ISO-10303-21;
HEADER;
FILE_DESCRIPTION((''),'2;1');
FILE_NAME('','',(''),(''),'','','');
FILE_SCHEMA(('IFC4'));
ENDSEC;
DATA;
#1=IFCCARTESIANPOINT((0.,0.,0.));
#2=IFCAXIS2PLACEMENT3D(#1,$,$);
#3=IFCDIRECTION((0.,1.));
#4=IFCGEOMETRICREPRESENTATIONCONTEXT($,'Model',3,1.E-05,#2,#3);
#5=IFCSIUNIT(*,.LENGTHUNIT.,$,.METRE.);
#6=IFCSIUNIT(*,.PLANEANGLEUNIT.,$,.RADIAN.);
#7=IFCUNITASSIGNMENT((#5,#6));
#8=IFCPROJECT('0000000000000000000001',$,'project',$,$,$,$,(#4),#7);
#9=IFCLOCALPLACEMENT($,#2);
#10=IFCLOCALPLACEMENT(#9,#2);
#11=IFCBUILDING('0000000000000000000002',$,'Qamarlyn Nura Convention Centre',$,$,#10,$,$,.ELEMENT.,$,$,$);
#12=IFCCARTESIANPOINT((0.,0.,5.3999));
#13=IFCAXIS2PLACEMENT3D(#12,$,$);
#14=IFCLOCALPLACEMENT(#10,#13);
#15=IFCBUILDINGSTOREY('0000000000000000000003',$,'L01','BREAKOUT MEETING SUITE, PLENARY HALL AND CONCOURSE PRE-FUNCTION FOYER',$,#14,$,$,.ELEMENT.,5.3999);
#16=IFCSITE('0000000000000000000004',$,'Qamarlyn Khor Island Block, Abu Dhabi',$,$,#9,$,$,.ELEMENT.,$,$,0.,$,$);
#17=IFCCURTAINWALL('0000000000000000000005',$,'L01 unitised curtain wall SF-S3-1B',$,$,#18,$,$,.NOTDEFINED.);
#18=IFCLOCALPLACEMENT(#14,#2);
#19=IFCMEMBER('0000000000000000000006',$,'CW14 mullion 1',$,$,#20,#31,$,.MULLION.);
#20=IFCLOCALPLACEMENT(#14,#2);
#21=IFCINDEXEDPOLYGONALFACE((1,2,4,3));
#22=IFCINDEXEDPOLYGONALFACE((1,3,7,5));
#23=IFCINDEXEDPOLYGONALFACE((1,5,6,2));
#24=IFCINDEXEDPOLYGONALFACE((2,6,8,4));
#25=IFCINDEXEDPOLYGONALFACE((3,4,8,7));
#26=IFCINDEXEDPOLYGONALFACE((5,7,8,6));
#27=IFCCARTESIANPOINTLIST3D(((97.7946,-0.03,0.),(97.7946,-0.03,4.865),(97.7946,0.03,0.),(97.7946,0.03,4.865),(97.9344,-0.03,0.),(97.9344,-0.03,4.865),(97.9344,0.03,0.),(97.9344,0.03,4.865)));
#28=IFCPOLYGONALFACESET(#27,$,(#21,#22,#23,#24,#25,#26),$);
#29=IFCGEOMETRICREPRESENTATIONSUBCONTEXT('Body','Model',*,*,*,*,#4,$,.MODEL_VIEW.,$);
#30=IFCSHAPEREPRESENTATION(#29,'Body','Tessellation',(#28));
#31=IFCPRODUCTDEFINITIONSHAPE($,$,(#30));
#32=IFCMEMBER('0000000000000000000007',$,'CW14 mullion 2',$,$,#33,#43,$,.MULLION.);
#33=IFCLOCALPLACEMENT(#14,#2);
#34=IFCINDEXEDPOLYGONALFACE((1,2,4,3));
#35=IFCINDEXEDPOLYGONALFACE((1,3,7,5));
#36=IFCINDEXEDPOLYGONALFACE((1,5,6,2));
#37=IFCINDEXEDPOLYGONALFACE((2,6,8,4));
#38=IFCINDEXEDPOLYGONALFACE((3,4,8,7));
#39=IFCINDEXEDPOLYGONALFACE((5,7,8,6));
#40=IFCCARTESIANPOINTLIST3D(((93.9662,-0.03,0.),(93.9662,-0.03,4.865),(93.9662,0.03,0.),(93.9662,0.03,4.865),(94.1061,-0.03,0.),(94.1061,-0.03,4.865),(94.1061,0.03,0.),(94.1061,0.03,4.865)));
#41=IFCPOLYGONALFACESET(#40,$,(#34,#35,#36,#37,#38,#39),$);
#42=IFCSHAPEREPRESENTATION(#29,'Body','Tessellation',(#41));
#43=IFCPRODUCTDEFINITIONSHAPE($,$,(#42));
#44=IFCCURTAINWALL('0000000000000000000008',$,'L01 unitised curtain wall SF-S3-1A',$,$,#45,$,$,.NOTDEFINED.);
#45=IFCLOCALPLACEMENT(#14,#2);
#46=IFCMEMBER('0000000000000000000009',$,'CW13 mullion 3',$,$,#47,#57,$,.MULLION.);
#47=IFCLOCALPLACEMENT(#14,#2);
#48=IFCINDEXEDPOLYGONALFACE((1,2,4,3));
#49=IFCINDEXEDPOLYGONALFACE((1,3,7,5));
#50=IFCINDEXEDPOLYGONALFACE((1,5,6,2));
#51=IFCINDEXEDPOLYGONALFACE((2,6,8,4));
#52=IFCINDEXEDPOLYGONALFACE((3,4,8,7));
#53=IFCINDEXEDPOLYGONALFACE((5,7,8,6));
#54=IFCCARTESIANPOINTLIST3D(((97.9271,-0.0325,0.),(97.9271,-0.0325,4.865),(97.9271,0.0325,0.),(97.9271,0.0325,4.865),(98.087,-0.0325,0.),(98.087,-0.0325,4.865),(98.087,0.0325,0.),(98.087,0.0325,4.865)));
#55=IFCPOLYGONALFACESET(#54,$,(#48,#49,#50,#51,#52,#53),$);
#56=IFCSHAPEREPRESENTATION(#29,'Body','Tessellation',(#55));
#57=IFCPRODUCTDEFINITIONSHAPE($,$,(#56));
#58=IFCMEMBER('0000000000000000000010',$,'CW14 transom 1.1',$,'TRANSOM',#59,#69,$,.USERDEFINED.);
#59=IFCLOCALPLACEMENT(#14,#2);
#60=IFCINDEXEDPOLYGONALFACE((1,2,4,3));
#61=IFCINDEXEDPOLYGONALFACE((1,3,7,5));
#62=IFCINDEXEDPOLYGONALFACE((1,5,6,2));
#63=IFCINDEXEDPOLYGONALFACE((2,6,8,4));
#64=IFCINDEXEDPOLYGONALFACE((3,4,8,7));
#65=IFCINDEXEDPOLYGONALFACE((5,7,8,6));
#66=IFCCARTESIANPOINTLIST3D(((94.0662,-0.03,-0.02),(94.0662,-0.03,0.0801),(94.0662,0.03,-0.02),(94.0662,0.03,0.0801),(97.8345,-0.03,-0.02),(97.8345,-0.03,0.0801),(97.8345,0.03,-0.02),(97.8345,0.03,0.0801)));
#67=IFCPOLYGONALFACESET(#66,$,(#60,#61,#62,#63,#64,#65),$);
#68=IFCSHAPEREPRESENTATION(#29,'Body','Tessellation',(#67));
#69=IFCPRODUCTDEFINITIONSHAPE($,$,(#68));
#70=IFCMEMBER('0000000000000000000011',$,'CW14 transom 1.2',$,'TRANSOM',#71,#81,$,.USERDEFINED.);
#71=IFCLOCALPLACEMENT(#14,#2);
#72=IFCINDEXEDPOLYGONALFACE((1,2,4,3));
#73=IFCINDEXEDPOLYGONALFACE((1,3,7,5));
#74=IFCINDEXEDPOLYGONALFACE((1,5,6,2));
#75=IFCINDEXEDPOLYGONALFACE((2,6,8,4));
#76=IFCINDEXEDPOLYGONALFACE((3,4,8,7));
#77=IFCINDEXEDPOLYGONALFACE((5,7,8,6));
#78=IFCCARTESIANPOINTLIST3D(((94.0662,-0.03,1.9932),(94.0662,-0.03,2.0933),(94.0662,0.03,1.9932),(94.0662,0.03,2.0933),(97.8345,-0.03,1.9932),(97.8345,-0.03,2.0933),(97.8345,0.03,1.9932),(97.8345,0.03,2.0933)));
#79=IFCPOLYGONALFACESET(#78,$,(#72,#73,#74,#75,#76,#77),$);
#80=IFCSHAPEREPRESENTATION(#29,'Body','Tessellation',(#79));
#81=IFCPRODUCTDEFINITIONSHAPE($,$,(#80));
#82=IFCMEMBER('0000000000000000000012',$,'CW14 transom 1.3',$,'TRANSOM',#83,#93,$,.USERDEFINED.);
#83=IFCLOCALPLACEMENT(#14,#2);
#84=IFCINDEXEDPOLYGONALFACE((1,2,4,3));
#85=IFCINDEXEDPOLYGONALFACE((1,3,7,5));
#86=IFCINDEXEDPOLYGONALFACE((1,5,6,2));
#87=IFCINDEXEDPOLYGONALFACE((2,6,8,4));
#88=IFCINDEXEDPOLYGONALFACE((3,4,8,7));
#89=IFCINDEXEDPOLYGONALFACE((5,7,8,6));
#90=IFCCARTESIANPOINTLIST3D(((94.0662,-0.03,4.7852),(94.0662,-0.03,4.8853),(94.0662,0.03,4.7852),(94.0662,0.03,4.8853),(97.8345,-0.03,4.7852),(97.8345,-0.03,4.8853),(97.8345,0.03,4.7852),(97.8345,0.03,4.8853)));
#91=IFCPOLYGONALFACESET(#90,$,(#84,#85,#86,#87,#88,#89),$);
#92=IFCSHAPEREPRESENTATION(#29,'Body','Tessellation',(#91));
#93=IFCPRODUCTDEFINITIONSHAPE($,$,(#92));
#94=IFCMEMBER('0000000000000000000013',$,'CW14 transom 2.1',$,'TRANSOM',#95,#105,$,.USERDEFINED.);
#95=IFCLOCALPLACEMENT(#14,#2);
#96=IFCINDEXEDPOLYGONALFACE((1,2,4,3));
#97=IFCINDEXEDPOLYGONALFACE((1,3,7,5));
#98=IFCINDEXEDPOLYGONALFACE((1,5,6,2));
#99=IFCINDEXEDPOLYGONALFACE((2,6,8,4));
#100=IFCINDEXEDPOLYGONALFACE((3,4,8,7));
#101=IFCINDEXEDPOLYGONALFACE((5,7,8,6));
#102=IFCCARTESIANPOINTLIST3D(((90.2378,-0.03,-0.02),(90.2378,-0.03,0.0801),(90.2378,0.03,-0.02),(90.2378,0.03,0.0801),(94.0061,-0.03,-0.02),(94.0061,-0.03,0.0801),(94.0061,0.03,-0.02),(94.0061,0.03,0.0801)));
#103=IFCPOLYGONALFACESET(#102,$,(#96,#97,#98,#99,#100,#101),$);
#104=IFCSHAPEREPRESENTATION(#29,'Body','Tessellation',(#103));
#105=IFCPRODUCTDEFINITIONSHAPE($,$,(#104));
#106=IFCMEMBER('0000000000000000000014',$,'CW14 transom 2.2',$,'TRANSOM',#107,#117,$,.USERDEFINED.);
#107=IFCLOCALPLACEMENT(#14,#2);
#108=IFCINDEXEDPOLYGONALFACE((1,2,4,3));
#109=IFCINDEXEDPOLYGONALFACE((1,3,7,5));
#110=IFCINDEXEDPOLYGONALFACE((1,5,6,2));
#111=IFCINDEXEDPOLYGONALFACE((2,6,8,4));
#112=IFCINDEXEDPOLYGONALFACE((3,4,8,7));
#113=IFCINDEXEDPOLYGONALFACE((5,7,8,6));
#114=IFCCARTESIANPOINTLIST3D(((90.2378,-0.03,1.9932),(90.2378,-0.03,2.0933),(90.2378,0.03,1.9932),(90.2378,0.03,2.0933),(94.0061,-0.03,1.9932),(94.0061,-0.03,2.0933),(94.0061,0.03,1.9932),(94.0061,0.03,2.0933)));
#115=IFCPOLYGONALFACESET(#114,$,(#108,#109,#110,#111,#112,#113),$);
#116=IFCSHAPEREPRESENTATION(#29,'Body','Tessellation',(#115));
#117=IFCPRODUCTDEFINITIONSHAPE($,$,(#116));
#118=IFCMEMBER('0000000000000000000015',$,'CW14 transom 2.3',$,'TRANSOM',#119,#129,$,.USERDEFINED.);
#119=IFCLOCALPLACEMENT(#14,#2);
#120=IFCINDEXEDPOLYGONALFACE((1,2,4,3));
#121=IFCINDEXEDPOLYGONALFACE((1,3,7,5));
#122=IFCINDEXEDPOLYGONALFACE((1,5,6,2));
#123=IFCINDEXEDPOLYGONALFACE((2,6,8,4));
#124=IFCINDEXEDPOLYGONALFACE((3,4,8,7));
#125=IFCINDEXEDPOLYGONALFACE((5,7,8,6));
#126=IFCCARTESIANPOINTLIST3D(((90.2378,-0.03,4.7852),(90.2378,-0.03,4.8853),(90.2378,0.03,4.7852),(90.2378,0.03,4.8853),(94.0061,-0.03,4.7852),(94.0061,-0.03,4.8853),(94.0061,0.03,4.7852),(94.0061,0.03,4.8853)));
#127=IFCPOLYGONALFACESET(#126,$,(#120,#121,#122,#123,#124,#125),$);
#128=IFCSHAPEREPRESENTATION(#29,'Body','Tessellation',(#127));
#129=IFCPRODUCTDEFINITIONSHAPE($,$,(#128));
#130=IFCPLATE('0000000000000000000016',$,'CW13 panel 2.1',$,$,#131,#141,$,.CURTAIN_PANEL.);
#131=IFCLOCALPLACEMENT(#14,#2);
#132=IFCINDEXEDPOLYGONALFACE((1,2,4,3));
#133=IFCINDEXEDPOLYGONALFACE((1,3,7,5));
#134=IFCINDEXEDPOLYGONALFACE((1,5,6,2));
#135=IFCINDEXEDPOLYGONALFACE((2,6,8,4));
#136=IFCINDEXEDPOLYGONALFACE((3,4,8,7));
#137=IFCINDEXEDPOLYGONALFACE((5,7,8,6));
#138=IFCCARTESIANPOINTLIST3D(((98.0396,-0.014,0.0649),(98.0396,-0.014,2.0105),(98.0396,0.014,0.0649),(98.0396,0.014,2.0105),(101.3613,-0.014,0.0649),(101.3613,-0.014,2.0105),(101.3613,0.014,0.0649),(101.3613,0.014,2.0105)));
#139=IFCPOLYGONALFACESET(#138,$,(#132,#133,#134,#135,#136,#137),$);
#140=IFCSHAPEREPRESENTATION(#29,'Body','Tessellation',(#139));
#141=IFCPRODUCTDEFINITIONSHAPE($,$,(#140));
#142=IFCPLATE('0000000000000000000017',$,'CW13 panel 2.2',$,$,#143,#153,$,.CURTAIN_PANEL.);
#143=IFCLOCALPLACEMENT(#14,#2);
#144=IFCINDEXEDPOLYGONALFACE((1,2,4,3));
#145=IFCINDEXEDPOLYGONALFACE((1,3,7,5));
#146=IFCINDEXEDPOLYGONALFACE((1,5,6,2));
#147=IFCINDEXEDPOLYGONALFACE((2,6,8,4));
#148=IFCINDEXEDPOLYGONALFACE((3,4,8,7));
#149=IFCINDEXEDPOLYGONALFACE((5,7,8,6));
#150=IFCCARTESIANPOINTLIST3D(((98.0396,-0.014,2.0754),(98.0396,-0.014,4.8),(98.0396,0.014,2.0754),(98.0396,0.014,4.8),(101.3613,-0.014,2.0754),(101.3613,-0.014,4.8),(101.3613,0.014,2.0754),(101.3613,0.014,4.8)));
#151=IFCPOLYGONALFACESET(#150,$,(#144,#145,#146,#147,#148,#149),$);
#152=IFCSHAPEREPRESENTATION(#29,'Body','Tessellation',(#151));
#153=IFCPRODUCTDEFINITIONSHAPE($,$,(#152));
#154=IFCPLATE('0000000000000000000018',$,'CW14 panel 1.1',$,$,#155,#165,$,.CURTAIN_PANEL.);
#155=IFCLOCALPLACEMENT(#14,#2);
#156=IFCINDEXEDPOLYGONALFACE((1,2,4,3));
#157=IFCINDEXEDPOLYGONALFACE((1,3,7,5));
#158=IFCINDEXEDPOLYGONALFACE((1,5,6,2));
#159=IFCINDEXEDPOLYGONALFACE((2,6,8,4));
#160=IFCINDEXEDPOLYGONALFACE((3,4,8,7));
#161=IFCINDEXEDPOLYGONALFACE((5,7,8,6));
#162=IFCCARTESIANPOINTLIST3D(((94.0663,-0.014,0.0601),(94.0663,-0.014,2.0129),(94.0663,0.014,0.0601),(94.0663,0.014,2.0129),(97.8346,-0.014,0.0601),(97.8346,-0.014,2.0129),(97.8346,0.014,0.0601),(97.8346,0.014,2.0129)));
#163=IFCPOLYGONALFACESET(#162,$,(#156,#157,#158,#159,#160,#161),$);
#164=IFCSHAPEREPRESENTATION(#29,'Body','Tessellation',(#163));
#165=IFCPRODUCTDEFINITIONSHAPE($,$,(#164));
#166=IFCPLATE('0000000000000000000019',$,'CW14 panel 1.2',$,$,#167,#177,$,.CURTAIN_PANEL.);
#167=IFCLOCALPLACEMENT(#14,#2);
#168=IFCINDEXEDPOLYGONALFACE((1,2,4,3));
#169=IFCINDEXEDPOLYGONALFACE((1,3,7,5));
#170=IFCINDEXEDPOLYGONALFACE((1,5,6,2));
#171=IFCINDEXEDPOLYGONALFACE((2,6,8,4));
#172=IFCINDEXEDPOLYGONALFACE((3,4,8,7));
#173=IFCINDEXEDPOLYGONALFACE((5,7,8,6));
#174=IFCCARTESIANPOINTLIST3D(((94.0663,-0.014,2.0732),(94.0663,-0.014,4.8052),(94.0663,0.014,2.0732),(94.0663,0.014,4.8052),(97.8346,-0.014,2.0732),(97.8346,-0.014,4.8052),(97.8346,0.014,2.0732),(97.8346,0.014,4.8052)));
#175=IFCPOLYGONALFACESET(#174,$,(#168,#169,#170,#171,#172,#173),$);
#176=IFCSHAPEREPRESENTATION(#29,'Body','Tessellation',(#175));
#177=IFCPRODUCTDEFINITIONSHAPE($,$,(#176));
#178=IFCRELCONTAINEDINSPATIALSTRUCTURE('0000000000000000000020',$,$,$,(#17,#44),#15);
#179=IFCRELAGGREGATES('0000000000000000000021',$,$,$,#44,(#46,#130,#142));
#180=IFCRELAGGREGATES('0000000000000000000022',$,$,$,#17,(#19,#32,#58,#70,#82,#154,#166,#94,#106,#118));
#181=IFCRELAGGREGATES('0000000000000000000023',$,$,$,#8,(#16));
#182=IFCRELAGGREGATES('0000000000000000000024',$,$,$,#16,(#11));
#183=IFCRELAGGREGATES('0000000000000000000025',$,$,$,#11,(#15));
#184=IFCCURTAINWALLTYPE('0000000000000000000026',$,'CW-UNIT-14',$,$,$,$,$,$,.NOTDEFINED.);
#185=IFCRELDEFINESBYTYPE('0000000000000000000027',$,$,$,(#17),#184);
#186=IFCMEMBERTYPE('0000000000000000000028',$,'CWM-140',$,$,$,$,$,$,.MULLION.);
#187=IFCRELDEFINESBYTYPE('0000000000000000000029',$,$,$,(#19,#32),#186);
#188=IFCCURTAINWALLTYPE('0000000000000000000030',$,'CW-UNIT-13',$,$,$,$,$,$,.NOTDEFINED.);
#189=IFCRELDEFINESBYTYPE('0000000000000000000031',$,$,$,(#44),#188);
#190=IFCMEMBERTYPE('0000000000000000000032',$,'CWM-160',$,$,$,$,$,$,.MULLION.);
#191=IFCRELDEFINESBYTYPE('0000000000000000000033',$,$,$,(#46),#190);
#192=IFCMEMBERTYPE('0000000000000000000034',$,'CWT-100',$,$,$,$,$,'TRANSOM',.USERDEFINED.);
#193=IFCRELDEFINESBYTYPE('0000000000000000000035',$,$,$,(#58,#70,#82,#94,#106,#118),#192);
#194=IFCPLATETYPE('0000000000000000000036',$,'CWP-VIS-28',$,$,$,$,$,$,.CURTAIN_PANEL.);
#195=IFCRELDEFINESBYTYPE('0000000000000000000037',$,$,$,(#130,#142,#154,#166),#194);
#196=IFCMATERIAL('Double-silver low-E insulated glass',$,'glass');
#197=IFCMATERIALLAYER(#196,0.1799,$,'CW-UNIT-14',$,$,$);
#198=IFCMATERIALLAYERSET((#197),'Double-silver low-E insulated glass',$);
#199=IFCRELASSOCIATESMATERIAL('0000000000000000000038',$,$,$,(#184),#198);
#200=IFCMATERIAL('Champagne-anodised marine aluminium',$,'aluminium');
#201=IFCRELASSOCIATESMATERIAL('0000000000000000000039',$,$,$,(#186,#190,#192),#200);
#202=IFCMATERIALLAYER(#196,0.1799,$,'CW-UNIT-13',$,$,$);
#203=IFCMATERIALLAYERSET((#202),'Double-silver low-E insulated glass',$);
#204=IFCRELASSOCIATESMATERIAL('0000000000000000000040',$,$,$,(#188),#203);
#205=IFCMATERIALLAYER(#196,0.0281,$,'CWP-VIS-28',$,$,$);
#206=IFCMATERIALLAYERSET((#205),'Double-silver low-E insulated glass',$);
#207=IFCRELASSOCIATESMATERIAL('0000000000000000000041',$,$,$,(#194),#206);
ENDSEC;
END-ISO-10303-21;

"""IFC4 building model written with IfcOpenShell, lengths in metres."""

from ifc_helpers import new_model, si_unit, direction, frame, origin, origin_2d, place, context, subcontext, project, spatial, rectangle, extrude, material, layer, layer_set, material_profile, profile_set, type_object, element, aggregate, save


model = new_model("IFC4")

# Units and contexts
model_context = context("Model", 3, precision=1e-05, world=origin(), true_north=direction((0.0, 1.0)))
body_context = subcontext(model_context, "Body", "Model", "MODEL_VIEW")
ifc_project = project(units=[si_unit("LENGTHUNIT", "METRE"), si_unit("PLANEANGLEUNIT", "RADIAN")], contexts=[model_context])

# Site, building, storey
site_placement = place(None, origin())
site = spatial("IfcSite", under=ifc_project, at=site_placement, Name="Qamarlyn Khor Island Block, Abu Dhabi", CompositionType="ELEMENT", RefElevation=0.0)
building_placement = place(site_placement, origin())
building = spatial("IfcBuilding", under=site, at=building_placement, Name="Qamarlyn Nura Convention Centre", CompositionType="ELEMENT")
storey_placement = place(building_placement, frame((0.0, 0.0, 5.3999)))
storey = spatial("IfcBuildingStorey", under=building, at=storey_placement, Name="L01", Description="BREAKOUT MEETING SUITE, PLENARY HALL AND CONCOURSE PRE-FUNCTION FOYER", CompositionType="ELEMENT", Elevation=5.3999)

# Curtain wall, members
ifc_material_1 = material(Name="Double-silver low-E insulated glass", Category="glass")
ifc_layer_1 = layer(ifc_material_1, 0.1799, Name="CW-UNIT-14")
ifc_layer_set_1 = layer_set([ifc_layer_1], Name="Double-silver low-E insulated glass")
curtain_wall_type_1 = type_object("IfcCurtainWallType", Name="CW-UNIT-14", PredefinedType="NOTDEFINED", material=ifc_layer_set_1)
curtain_wall_1_placement = place(storey_placement, origin())
curtain_wall_1 = element("IfcCurtainWall", 1, at=curtain_wall_1_placement, inside=storey, type_object=curtain_wall_type_1, Name="L01 unitised curtain wall SF-S3-1B", PredefinedType="NOTDEFINED")
ifc_material_2 = material(Name="Champagne-anodised marine aluminium", Category="aluminium")
ifc_material_profile_1 = material_profile(ifc_material_2, rectangle(XDim=0.0601, YDim=0.1399, at=origin_2d()), Name="ALU MULLION 60x140")
ifc_profile_set_1 = profile_set([ifc_material_profile_1], Name="Champagne-anodised marine aluminium")
member_type_1 = type_object("IfcMemberType", Name="CWM-140", PredefinedType="MULLION", material=ifc_profile_set_1)
member_1_placement = place(storey_placement, frame((97.8645, 0.0, 0.0), z_axis=(0.0, 0.0, 1.0), x_axis=(0.0, -1.0, 0.0)))
member_1 = element("IfcMember", 2, at=member_1_placement, type_object=member_type_1, Name="CW14 mullion 1", PredefinedType="MULLION", context=body_context, shape_type="SweptSolid", body=[
    extrude(rectangle(XDim=0.0601, YDim=0.1399, at=origin_2d()), origin(), (0.0, 0.0, 1.0), 4.865),
])
member_2_placement = place(storey_placement, frame((94.0361, 0.0, 0.0), z_axis=(0.0, 0.0, 1.0), x_axis=(0.0, -1.0, 0.0)))
member_2 = element("IfcMember", 3, at=member_2_placement, type_object=member_type_1, Name="CW14 mullion 2", PredefinedType="MULLION", context=body_context, shape_type="SweptSolid", body=[
    extrude(rectangle(XDim=0.0601, YDim=0.1399, at=origin_2d()), origin(), (0.0, 0.0, 1.0), 4.865),
])

# Curtain wall, member
ifc_layer_2 = layer(ifc_material_1, 0.1799, Name="CW-UNIT-13")
ifc_layer_set_2 = layer_set([ifc_layer_2], Name="Double-silver low-E insulated glass")
curtain_wall_type_2 = type_object("IfcCurtainWallType", Name="CW-UNIT-13", PredefinedType="NOTDEFINED", material=ifc_layer_set_2)
curtain_wall_2_placement = place(storey_placement, origin())
curtain_wall_2 = element("IfcCurtainWall", 4, at=curtain_wall_2_placement, inside=storey, type_object=curtain_wall_type_2, Name="L01 unitised curtain wall SF-S3-1A", PredefinedType="NOTDEFINED")
ifc_material_profile_2 = material_profile(ifc_material_2, rectangle(XDim=0.0649, YDim=0.1599, at=origin_2d()), Name="ALU MULLION 65x160")
ifc_profile_set_2 = profile_set([ifc_material_profile_2], Name="Champagne-anodised marine aluminium")
member_type_2 = type_object("IfcMemberType", Name="CWM-160", PredefinedType="MULLION", material=ifc_profile_set_2)
member_3_placement = place(storey_placement, frame((98.0071, 0.0, 0.0), z_axis=(0.0, 0.0, 1.0), x_axis=(0.0, -1.0, 0.0)))
member_3 = element("IfcMember", 5, at=member_3_placement, type_object=member_type_2, Name="CW13 mullion 3", PredefinedType="MULLION", context=body_context, shape_type="SweptSolid", body=[
    extrude(rectangle(XDim=0.0649, YDim=0.1599, at=origin_2d()), origin(), (0.0, 0.0, 1.0), 4.865),
])

# Members
ifc_material_profile_3 = material_profile(ifc_material_2, rectangle(XDim=0.0601, YDim=0.1001, at=origin_2d()), Name="ALU TRANSOM 60x100")
ifc_profile_set_3 = profile_set([ifc_material_profile_3], Name="Champagne-anodised marine aluminium")
member_type_3 = type_object("IfcMemberType", Name="CWT-100", ElementType="TRANSOM", PredefinedType="USERDEFINED", material=ifc_profile_set_3)
member_4_placement = place(storey_placement, frame((97.8345, 0.0, 0.03), z_axis=(-1.0, 0.0, 0.0), x_axis=(0.0, -1.0, 0.0)))
member_4 = element("IfcMember", 6, at=member_4_placement, type_object=member_type_3, Name="CW14 transom 1.1", ObjectType="TRANSOM", PredefinedType="USERDEFINED", context=body_context, shape_type="SweptSolid", body=[
    extrude(rectangle(XDim=0.0601, YDim=0.1001, at=origin_2d()), origin(), (0.0, 0.0, 1.0), 3.7683),
])
member_5_placement = place(storey_placement, frame((97.8345, 0.0, 2.0432), z_axis=(-1.0, 0.0, 0.0), x_axis=(0.0, -1.0, 0.0)))
member_5 = element("IfcMember", 7, at=member_5_placement, type_object=member_type_3, Name="CW14 transom 1.2", ObjectType="TRANSOM", PredefinedType="USERDEFINED", context=body_context, shape_type="SweptSolid", body=[
    extrude(rectangle(XDim=0.0601, YDim=0.1001, at=origin_2d()), origin(), (0.0, 0.0, 1.0), 3.7683),
])
member_6_placement = place(storey_placement, frame((97.8345, 0.0, 4.8352), z_axis=(-1.0, 0.0, 0.0), x_axis=(0.0, -1.0, 0.0)))
member_6 = element("IfcMember", 8, at=member_6_placement, type_object=member_type_3, Name="CW14 transom 1.3", ObjectType="TRANSOM", PredefinedType="USERDEFINED", context=body_context, shape_type="SweptSolid", body=[
    extrude(rectangle(XDim=0.0601, YDim=0.1001, at=origin_2d()), origin(), (0.0, 0.0, 1.0), 3.7683),
])
member_7_placement = place(storey_placement, frame((94.0061, 0.0, 0.03), z_axis=(-1.0, 0.0, 0.0), x_axis=(0.0, -1.0, 0.0)))
member_7 = element("IfcMember", 9, at=member_7_placement, type_object=member_type_3, Name="CW14 transom 2.1", ObjectType="TRANSOM", PredefinedType="USERDEFINED", context=body_context, shape_type="SweptSolid", body=[
    extrude(rectangle(XDim=0.0601, YDim=0.1001, at=origin_2d()), origin(), (0.0, 0.0, 1.0), 3.7683),
])
member_8_placement = place(storey_placement, frame((94.0061, 0.0, 2.0432), z_axis=(-1.0, 0.0, 0.0), x_axis=(0.0, -1.0, 0.0)))
member_8 = element("IfcMember", 10, at=member_8_placement, type_object=member_type_3, Name="CW14 transom 2.2", ObjectType="TRANSOM", PredefinedType="USERDEFINED", context=body_context, shape_type="SweptSolid", body=[
    extrude(rectangle(XDim=0.0601, YDim=0.1001, at=origin_2d()), origin(), (0.0, 0.0, 1.0), 3.7683),
])
member_9_placement = place(storey_placement, frame((94.0061, 0.0, 4.8352), z_axis=(-1.0, 0.0, 0.0), x_axis=(0.0, -1.0, 0.0)))
member_9 = element("IfcMember", 11, at=member_9_placement, type_object=member_type_3, Name="CW14 transom 2.3", ObjectType="TRANSOM", PredefinedType="USERDEFINED", context=body_context, shape_type="SweptSolid", body=[
    extrude(rectangle(XDim=0.0601, YDim=0.1001, at=origin_2d()), origin(), (0.0, 0.0, 1.0), 3.7683),
])

# Plates
ifc_layer_3 = layer(ifc_material_1, 0.0281, Name="CWP-VIS-28")
ifc_layer_set_3 = layer_set([ifc_layer_3], Name="Double-silver low-E insulated glass")
plate_type = type_object("IfcPlateType", Name="CWP-VIS-28", PredefinedType="CURTAIN_PANEL", material=ifc_layer_set_3)
plate_1_placement = place(storey_placement, frame((99.7004, 0.0, 0.0649), z_axis=(0.0, 0.0, 1.0), x_axis=(-1.0, 0.0, 0.0)))
plate_1 = element("IfcPlate", 12, at=plate_1_placement, type_object=plate_type, Name="CW13 panel 2.1", PredefinedType="CURTAIN_PANEL", context=body_context, shape_type="SweptSolid", body=[
    extrude(rectangle(XDim=3.3218, YDim=0.0281, at=origin_2d()), origin(), (0.0, 0.0, 1.0), 1.9456),
])
plate_2_placement = place(storey_placement, frame((99.7004, 0.0, 2.0754), z_axis=(0.0, 0.0, 1.0), x_axis=(-1.0, 0.0, 0.0)))
plate_2 = element("IfcPlate", 13, at=plate_2_placement, type_object=plate_type, Name="CW13 panel 2.2", PredefinedType="CURTAIN_PANEL", context=body_context, shape_type="SweptSolid", body=[
    extrude(rectangle(XDim=3.3218, YDim=0.0281, at=origin_2d()), origin(), (0.0, 0.0, 1.0), 2.7246),
])
aggregate(curtain_wall_2, [member_3, plate_1, plate_2])
plate_3_placement = place(storey_placement, frame((95.9504, 0.0, 0.0601), z_axis=(0.0, 0.0, 1.0), x_axis=(-1.0, 0.0, 0.0)))
plate_3 = element("IfcPlate", 14, at=plate_3_placement, type_object=plate_type, Name="CW14 panel 1.1", PredefinedType="CURTAIN_PANEL", context=body_context, shape_type="SweptSolid", body=[
    extrude(rectangle(XDim=3.7683, YDim=0.0281, at=origin_2d()), origin(), (0.0, 0.0, 1.0), 1.9529),
])
plate_4_placement = place(storey_placement, frame((95.9504, 0.0, 2.0732), z_axis=(0.0, 0.0, 1.0), x_axis=(-1.0, 0.0, 0.0)))
plate_4 = element("IfcPlate", 15, at=plate_4_placement, type_object=plate_type, Name="CW14 panel 1.2", PredefinedType="CURTAIN_PANEL", context=body_context, shape_type="SweptSolid", body=[
    extrude(rectangle(XDim=3.7683, YDim=0.0281, at=origin_2d()), origin(), (0.0, 0.0, 1.0), 2.7319),
])
aggregate(curtain_wall_1, [member_1, member_2, member_4, member_5, member_6, plate_3, plate_4, member_7, member_8, member_9])

save(model, "model.ifc")
